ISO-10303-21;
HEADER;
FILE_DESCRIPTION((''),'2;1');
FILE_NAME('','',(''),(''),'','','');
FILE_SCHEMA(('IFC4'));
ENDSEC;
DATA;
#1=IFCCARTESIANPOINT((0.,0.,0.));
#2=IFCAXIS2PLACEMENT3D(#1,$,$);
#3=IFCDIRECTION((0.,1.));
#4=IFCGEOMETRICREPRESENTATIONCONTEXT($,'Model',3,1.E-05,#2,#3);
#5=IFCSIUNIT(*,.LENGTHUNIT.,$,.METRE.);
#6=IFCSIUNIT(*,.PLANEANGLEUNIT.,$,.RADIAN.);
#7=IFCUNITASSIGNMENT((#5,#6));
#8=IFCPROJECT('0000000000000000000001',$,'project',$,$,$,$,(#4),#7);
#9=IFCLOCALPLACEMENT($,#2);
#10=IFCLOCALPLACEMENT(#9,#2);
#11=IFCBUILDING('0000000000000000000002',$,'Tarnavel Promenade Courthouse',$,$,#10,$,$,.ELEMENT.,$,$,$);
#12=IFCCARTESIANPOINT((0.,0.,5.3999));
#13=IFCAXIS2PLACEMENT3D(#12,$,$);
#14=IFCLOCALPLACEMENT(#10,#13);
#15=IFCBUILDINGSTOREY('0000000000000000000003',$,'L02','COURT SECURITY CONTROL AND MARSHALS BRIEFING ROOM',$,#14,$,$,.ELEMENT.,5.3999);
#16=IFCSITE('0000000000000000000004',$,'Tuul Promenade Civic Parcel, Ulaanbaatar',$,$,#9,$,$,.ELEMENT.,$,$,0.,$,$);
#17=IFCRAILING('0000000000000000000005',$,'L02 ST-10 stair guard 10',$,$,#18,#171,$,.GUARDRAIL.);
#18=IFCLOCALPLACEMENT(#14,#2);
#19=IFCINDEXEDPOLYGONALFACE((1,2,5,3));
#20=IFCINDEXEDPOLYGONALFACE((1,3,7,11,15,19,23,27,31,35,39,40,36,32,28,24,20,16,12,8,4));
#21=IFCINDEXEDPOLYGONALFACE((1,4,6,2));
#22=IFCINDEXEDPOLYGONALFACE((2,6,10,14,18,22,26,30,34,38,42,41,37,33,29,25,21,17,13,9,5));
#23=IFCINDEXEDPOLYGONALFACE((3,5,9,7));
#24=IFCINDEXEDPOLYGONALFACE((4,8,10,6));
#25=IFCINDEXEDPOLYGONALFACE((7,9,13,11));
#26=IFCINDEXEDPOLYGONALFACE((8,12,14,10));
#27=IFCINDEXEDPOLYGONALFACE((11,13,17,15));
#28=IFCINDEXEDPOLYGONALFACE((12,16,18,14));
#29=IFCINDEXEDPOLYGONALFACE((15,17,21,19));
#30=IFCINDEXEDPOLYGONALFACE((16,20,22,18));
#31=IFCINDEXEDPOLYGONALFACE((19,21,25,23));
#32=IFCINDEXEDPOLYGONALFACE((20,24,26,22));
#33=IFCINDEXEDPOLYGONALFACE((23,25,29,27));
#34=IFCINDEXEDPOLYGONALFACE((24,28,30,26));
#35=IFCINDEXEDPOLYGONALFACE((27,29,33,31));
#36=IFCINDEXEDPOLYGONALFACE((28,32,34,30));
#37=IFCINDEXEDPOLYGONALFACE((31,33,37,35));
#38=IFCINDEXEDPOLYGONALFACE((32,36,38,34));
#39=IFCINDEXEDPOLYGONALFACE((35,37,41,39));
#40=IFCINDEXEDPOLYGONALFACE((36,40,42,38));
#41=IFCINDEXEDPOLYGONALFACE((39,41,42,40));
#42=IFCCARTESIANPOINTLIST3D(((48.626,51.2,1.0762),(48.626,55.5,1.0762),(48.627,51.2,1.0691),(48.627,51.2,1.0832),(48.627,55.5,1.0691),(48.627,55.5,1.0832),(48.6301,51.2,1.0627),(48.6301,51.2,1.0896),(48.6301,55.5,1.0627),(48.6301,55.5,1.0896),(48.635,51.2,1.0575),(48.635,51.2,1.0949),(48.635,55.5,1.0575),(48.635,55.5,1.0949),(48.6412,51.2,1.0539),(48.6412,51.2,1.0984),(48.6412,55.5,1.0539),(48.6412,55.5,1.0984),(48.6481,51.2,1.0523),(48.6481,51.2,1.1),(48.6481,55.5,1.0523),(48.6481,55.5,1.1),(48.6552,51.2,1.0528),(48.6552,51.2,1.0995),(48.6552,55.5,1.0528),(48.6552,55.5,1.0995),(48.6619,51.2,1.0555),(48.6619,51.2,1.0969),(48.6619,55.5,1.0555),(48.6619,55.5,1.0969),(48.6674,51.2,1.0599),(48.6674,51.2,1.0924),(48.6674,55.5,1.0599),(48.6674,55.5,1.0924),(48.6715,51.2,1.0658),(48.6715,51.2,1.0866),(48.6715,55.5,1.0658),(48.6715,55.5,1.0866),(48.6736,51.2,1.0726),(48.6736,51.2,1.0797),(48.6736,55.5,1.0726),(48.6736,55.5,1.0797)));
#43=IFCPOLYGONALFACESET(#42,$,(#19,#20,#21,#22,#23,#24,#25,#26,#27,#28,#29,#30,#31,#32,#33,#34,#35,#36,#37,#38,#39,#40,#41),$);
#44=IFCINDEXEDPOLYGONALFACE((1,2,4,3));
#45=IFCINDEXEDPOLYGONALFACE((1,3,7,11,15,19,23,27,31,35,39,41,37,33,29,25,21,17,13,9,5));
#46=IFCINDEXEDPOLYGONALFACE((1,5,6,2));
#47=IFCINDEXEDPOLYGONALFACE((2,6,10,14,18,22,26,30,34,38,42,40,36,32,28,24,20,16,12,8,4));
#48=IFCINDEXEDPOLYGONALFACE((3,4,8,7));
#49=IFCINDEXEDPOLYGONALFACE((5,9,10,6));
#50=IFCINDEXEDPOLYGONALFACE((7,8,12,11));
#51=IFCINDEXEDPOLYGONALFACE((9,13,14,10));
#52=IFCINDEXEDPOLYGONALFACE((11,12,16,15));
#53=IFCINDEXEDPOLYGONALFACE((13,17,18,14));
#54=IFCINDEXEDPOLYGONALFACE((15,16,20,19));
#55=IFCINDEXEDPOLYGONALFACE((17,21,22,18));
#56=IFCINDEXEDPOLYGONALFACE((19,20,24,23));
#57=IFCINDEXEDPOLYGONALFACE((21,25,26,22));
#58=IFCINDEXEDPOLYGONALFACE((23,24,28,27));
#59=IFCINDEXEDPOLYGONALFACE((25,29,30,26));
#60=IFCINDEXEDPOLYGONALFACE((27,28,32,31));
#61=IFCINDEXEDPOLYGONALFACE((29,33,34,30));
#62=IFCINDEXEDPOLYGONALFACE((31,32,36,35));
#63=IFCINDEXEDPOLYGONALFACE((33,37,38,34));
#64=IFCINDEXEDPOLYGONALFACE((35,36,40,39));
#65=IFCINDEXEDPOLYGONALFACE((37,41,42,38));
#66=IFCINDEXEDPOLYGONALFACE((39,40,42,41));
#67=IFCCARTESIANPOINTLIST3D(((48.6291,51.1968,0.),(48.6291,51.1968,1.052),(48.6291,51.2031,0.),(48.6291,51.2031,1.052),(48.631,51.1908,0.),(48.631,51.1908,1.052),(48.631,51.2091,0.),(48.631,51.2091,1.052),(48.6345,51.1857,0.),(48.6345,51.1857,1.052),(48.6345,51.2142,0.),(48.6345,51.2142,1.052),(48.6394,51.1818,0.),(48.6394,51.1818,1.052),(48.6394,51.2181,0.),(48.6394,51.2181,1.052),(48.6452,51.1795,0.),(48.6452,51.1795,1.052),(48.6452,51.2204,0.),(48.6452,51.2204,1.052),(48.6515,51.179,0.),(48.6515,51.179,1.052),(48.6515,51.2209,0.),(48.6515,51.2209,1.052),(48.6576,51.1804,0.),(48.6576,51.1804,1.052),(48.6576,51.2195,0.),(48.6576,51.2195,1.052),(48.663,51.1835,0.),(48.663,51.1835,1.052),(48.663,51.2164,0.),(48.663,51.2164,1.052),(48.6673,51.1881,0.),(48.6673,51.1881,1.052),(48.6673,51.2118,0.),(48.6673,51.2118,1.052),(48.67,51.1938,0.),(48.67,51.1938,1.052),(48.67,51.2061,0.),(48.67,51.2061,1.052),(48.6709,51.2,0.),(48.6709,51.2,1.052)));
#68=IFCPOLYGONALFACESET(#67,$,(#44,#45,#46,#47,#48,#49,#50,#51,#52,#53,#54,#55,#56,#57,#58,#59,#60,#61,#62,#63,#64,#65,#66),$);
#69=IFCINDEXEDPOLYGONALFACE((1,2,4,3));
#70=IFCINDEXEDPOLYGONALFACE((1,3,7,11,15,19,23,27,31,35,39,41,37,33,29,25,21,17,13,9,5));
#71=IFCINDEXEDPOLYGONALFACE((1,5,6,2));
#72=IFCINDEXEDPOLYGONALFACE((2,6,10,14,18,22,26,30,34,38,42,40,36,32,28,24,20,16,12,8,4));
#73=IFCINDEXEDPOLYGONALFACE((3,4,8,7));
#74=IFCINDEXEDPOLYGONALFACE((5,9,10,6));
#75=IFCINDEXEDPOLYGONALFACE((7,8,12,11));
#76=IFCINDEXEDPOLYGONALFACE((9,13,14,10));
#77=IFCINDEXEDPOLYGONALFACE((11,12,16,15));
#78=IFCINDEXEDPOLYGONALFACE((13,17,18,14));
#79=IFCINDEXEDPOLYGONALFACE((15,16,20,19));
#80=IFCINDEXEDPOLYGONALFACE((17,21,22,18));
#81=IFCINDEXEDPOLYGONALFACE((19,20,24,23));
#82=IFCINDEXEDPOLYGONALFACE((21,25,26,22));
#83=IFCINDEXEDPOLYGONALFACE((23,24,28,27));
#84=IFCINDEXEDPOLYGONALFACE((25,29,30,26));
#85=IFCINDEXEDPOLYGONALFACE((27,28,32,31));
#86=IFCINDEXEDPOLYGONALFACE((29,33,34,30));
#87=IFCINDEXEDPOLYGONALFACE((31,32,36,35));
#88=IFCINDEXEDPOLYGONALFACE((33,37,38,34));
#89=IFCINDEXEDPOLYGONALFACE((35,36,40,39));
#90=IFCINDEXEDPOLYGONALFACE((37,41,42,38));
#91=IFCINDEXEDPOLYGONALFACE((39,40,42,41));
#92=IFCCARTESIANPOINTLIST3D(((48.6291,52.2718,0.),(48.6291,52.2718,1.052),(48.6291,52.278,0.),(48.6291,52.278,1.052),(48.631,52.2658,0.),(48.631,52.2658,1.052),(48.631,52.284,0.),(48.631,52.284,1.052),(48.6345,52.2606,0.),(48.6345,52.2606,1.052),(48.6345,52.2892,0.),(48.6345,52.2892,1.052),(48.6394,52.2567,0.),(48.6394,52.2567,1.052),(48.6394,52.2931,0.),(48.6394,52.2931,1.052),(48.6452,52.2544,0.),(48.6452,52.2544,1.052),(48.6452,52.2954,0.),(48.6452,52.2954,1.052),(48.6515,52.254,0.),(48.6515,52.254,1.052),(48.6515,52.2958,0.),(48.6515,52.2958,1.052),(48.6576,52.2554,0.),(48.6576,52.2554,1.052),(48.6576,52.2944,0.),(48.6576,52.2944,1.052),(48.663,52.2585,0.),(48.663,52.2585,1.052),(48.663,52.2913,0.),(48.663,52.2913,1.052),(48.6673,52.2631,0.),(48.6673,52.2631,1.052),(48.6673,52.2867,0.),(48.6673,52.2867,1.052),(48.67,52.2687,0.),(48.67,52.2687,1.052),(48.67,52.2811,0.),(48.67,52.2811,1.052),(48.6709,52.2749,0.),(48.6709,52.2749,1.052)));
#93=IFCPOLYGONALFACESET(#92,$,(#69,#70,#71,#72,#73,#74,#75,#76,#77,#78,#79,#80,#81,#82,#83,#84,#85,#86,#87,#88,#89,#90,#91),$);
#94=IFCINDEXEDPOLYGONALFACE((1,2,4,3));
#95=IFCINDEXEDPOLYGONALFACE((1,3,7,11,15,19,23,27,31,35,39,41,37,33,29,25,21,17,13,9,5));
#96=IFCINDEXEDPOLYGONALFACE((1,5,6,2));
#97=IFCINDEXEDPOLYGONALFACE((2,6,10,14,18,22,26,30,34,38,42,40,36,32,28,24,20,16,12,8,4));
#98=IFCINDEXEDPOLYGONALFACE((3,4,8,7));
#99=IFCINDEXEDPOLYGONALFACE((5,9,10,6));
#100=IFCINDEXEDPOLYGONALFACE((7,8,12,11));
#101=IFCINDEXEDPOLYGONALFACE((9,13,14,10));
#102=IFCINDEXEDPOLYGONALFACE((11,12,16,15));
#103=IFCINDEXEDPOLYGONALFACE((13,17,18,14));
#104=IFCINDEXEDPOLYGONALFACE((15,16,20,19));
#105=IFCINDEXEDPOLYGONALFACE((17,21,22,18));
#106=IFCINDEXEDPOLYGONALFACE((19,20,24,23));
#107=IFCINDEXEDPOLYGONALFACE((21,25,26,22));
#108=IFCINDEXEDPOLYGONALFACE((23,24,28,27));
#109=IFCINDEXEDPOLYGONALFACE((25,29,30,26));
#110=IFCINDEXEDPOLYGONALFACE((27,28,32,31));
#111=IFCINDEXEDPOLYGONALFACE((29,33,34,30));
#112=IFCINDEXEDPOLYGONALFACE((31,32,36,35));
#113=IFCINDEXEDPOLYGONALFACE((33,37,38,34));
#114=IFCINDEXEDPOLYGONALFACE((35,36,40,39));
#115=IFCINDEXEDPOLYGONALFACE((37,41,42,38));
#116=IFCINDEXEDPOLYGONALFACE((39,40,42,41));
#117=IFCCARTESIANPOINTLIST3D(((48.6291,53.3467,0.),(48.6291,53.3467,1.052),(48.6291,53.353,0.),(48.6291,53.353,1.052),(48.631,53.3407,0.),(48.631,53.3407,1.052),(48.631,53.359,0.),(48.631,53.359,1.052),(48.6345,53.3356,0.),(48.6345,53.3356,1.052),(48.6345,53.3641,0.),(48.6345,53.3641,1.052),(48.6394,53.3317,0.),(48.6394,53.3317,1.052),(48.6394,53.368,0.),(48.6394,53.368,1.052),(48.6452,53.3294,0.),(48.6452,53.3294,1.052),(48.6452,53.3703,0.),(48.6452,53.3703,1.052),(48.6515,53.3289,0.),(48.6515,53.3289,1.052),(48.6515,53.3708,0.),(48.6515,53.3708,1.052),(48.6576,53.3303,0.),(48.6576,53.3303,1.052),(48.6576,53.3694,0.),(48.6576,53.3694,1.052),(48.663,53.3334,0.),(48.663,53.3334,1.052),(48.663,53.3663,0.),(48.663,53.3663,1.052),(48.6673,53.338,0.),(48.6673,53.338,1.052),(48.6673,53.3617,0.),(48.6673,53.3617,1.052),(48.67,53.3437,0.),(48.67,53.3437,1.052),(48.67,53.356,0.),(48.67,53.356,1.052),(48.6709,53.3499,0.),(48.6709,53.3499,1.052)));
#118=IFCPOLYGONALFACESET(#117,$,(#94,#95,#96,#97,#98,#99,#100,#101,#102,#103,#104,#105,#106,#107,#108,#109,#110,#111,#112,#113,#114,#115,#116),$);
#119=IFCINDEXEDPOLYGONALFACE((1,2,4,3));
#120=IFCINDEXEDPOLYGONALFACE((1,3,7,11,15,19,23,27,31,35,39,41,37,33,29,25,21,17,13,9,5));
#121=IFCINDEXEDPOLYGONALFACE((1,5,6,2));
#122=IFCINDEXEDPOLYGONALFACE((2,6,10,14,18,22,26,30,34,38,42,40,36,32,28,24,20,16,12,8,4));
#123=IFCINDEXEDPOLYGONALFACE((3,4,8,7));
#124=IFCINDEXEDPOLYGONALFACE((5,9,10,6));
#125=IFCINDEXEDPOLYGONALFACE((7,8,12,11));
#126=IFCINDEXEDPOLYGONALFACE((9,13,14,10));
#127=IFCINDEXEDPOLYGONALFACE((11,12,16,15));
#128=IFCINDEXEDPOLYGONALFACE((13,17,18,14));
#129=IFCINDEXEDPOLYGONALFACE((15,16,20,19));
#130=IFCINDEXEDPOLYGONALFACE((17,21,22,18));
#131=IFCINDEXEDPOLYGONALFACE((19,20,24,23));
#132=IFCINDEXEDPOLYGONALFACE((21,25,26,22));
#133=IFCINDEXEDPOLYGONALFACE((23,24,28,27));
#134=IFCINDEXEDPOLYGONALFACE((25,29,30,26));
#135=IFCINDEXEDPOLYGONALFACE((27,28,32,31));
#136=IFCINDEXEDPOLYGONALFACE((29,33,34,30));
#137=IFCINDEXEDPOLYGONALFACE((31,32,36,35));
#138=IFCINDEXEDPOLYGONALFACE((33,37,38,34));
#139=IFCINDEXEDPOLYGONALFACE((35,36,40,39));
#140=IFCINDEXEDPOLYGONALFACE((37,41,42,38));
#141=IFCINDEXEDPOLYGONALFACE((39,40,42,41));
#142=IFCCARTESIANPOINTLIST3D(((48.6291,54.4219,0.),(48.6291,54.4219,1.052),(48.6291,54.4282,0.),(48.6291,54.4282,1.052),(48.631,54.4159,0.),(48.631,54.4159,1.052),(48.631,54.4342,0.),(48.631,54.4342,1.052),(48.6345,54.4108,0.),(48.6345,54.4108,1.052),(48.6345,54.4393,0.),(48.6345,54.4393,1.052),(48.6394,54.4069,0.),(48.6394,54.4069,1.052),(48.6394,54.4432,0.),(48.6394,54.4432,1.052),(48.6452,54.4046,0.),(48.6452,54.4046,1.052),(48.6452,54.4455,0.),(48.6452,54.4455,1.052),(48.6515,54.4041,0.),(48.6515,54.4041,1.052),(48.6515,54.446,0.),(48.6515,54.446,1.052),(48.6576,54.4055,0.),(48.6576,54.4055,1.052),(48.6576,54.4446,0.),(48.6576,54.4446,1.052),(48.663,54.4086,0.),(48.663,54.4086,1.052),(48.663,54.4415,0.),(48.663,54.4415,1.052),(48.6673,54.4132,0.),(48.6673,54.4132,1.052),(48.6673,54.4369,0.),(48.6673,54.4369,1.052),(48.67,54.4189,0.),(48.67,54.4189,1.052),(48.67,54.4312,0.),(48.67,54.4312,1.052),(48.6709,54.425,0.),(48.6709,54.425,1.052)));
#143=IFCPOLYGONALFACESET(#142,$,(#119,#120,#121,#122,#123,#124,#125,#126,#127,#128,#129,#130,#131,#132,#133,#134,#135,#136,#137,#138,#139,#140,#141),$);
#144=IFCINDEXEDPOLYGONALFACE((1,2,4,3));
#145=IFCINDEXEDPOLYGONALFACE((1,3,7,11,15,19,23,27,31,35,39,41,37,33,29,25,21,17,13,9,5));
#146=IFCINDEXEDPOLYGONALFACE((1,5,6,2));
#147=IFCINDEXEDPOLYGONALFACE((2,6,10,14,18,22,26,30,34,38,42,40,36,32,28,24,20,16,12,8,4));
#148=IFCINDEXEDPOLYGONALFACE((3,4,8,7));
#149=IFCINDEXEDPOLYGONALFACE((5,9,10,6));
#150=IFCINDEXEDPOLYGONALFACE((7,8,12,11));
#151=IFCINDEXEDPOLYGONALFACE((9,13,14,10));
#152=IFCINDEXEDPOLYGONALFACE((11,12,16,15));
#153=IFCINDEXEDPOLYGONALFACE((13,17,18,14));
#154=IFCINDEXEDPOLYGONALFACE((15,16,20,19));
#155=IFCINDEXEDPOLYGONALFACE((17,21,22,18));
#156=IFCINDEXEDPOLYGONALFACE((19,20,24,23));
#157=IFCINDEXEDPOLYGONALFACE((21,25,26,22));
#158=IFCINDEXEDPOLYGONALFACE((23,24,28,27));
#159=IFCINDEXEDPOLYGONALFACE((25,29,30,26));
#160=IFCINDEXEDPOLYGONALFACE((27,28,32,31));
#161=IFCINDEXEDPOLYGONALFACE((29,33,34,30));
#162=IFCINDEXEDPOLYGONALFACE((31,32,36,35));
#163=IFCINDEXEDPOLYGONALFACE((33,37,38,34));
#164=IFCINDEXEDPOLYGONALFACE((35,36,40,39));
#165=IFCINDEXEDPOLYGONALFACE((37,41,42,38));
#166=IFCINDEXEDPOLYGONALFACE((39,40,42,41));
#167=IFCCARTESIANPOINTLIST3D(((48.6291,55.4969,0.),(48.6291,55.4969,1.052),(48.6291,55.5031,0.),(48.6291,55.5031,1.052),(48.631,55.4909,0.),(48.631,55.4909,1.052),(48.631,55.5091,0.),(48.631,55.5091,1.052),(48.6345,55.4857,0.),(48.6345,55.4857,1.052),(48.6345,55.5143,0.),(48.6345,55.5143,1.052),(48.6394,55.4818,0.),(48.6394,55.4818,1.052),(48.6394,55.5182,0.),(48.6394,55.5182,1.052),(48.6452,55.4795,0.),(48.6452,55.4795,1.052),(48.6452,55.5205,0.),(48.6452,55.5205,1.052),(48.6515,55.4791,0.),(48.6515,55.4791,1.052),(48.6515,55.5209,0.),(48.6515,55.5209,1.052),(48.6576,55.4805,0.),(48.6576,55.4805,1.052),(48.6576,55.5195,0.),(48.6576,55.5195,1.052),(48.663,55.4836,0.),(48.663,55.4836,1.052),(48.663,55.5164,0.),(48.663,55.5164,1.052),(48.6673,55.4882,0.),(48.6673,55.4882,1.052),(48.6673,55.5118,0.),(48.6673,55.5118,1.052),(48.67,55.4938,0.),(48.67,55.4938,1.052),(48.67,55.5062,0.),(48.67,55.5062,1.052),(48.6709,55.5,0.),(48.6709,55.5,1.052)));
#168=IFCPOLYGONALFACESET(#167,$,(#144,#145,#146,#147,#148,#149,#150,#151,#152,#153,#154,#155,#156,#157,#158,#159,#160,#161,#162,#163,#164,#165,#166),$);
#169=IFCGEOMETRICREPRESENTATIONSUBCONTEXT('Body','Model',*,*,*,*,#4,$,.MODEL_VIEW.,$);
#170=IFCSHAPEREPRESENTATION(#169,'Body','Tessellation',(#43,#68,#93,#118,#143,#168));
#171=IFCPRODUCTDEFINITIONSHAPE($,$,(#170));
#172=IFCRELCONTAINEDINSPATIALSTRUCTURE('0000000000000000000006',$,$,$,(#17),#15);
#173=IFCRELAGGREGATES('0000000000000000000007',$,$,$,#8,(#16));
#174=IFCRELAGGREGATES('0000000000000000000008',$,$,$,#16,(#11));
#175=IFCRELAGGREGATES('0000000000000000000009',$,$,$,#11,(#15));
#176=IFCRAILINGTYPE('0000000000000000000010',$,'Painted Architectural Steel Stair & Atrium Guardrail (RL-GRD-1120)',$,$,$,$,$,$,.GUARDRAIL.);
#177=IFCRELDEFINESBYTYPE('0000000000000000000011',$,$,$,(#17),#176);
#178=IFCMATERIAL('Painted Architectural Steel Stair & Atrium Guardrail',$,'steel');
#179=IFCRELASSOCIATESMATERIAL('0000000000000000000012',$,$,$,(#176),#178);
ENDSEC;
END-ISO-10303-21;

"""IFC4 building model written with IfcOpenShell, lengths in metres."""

from ifc_helpers import new_model, si_unit, direction, frame, origin, origin_2d, place, context, subcontext, project, spatial, circle, extrude, material, type_object, element, save


model = new_model("IFC4")

# Units and contexts
model_context = context("Model", 3, precision=1e-05, world=origin(), true_north=direction((0.0, 1.0)))
body_context = subcontext(model_context, "Body", "Model", "MODEL_VIEW")
ifc_project = project(units=[si_unit("LENGTHUNIT", "METRE"), si_unit("PLANEANGLEUNIT", "RADIAN")], contexts=[model_context])

# Site, building, storey
site_placement = place(None, origin())
site = spatial("IfcSite", under=ifc_project, at=site_placement, Name="Tuul Promenade Civic Parcel, Ulaanbaatar", CompositionType="ELEMENT", RefElevation=0.0)
building_placement = place(site_placement, origin())
building = spatial("IfcBuilding", under=site, at=building_placement, Name="Tarnavel Promenade Courthouse", CompositionType="ELEMENT")
storey_placement = place(building_placement, frame((0.0, 0.0, 5.3999)))
storey = spatial("IfcBuildingStorey", under=building, at=storey_placement, Name="L02", Description="COURT SECURITY CONTROL AND MARSHALS BRIEFING ROOM", CompositionType="ELEMENT", Elevation=5.3999)

# Railing
ifc_material_1 = material(Name="Painted Architectural Steel Stair & Atrium Guardrail", Category="steel")
railing_type_1 = type_object("IfcRailingType", Name="Painted Architectural Steel Stair & Atrium Guardrail (RL-GRD-1120)", PredefinedType="GUARDRAIL", material=ifc_material_1)
railing_1_placement = place(storey_placement, frame((48.6499, 51.2, 0.0)))
element("IfcRailing", 1, at=railing_1_placement, inside=storey, type_object=railing_type_1, Name="L02 ST-10 stair guard 10", PredefinedType="GUARDRAIL", context=body_context, shape_type="SweptSolid", body=[
    extrude(circle(Radius=0.0239, at=origin_2d()), frame((0.0, 0.0, 1.0762), z_axis=(0.0, 1.0, 0.0), x_axis=(-1.0, 0.0, 0.0)), (0.0, 0.0, 1.0), 4.3),
    extrude(circle(Radius=0.021, at=origin_2d()), origin(), (0.0, 0.0, 1.0), 1.052),
    extrude(circle(Radius=0.021, at=origin_2d()), frame((0.0, 1.075, 0.0)), (0.0, 0.0, 1.0), 1.052),
    extrude(circle(Radius=0.021, at=origin_2d()), frame((0.0, 2.1499, 0.0)), (0.0, 0.0, 1.0), 1.052),
    extrude(circle(Radius=0.021, at=origin_2d()), frame((0.0, 3.2251, 0.0)), (0.0, 0.0, 1.0), 1.052),
    extrude(circle(Radius=0.021, at=origin_2d()), frame((0.0, 4.3, 0.0)), (0.0, 0.0, 1.0), 1.052),
])

save(model, "model.ifc")
